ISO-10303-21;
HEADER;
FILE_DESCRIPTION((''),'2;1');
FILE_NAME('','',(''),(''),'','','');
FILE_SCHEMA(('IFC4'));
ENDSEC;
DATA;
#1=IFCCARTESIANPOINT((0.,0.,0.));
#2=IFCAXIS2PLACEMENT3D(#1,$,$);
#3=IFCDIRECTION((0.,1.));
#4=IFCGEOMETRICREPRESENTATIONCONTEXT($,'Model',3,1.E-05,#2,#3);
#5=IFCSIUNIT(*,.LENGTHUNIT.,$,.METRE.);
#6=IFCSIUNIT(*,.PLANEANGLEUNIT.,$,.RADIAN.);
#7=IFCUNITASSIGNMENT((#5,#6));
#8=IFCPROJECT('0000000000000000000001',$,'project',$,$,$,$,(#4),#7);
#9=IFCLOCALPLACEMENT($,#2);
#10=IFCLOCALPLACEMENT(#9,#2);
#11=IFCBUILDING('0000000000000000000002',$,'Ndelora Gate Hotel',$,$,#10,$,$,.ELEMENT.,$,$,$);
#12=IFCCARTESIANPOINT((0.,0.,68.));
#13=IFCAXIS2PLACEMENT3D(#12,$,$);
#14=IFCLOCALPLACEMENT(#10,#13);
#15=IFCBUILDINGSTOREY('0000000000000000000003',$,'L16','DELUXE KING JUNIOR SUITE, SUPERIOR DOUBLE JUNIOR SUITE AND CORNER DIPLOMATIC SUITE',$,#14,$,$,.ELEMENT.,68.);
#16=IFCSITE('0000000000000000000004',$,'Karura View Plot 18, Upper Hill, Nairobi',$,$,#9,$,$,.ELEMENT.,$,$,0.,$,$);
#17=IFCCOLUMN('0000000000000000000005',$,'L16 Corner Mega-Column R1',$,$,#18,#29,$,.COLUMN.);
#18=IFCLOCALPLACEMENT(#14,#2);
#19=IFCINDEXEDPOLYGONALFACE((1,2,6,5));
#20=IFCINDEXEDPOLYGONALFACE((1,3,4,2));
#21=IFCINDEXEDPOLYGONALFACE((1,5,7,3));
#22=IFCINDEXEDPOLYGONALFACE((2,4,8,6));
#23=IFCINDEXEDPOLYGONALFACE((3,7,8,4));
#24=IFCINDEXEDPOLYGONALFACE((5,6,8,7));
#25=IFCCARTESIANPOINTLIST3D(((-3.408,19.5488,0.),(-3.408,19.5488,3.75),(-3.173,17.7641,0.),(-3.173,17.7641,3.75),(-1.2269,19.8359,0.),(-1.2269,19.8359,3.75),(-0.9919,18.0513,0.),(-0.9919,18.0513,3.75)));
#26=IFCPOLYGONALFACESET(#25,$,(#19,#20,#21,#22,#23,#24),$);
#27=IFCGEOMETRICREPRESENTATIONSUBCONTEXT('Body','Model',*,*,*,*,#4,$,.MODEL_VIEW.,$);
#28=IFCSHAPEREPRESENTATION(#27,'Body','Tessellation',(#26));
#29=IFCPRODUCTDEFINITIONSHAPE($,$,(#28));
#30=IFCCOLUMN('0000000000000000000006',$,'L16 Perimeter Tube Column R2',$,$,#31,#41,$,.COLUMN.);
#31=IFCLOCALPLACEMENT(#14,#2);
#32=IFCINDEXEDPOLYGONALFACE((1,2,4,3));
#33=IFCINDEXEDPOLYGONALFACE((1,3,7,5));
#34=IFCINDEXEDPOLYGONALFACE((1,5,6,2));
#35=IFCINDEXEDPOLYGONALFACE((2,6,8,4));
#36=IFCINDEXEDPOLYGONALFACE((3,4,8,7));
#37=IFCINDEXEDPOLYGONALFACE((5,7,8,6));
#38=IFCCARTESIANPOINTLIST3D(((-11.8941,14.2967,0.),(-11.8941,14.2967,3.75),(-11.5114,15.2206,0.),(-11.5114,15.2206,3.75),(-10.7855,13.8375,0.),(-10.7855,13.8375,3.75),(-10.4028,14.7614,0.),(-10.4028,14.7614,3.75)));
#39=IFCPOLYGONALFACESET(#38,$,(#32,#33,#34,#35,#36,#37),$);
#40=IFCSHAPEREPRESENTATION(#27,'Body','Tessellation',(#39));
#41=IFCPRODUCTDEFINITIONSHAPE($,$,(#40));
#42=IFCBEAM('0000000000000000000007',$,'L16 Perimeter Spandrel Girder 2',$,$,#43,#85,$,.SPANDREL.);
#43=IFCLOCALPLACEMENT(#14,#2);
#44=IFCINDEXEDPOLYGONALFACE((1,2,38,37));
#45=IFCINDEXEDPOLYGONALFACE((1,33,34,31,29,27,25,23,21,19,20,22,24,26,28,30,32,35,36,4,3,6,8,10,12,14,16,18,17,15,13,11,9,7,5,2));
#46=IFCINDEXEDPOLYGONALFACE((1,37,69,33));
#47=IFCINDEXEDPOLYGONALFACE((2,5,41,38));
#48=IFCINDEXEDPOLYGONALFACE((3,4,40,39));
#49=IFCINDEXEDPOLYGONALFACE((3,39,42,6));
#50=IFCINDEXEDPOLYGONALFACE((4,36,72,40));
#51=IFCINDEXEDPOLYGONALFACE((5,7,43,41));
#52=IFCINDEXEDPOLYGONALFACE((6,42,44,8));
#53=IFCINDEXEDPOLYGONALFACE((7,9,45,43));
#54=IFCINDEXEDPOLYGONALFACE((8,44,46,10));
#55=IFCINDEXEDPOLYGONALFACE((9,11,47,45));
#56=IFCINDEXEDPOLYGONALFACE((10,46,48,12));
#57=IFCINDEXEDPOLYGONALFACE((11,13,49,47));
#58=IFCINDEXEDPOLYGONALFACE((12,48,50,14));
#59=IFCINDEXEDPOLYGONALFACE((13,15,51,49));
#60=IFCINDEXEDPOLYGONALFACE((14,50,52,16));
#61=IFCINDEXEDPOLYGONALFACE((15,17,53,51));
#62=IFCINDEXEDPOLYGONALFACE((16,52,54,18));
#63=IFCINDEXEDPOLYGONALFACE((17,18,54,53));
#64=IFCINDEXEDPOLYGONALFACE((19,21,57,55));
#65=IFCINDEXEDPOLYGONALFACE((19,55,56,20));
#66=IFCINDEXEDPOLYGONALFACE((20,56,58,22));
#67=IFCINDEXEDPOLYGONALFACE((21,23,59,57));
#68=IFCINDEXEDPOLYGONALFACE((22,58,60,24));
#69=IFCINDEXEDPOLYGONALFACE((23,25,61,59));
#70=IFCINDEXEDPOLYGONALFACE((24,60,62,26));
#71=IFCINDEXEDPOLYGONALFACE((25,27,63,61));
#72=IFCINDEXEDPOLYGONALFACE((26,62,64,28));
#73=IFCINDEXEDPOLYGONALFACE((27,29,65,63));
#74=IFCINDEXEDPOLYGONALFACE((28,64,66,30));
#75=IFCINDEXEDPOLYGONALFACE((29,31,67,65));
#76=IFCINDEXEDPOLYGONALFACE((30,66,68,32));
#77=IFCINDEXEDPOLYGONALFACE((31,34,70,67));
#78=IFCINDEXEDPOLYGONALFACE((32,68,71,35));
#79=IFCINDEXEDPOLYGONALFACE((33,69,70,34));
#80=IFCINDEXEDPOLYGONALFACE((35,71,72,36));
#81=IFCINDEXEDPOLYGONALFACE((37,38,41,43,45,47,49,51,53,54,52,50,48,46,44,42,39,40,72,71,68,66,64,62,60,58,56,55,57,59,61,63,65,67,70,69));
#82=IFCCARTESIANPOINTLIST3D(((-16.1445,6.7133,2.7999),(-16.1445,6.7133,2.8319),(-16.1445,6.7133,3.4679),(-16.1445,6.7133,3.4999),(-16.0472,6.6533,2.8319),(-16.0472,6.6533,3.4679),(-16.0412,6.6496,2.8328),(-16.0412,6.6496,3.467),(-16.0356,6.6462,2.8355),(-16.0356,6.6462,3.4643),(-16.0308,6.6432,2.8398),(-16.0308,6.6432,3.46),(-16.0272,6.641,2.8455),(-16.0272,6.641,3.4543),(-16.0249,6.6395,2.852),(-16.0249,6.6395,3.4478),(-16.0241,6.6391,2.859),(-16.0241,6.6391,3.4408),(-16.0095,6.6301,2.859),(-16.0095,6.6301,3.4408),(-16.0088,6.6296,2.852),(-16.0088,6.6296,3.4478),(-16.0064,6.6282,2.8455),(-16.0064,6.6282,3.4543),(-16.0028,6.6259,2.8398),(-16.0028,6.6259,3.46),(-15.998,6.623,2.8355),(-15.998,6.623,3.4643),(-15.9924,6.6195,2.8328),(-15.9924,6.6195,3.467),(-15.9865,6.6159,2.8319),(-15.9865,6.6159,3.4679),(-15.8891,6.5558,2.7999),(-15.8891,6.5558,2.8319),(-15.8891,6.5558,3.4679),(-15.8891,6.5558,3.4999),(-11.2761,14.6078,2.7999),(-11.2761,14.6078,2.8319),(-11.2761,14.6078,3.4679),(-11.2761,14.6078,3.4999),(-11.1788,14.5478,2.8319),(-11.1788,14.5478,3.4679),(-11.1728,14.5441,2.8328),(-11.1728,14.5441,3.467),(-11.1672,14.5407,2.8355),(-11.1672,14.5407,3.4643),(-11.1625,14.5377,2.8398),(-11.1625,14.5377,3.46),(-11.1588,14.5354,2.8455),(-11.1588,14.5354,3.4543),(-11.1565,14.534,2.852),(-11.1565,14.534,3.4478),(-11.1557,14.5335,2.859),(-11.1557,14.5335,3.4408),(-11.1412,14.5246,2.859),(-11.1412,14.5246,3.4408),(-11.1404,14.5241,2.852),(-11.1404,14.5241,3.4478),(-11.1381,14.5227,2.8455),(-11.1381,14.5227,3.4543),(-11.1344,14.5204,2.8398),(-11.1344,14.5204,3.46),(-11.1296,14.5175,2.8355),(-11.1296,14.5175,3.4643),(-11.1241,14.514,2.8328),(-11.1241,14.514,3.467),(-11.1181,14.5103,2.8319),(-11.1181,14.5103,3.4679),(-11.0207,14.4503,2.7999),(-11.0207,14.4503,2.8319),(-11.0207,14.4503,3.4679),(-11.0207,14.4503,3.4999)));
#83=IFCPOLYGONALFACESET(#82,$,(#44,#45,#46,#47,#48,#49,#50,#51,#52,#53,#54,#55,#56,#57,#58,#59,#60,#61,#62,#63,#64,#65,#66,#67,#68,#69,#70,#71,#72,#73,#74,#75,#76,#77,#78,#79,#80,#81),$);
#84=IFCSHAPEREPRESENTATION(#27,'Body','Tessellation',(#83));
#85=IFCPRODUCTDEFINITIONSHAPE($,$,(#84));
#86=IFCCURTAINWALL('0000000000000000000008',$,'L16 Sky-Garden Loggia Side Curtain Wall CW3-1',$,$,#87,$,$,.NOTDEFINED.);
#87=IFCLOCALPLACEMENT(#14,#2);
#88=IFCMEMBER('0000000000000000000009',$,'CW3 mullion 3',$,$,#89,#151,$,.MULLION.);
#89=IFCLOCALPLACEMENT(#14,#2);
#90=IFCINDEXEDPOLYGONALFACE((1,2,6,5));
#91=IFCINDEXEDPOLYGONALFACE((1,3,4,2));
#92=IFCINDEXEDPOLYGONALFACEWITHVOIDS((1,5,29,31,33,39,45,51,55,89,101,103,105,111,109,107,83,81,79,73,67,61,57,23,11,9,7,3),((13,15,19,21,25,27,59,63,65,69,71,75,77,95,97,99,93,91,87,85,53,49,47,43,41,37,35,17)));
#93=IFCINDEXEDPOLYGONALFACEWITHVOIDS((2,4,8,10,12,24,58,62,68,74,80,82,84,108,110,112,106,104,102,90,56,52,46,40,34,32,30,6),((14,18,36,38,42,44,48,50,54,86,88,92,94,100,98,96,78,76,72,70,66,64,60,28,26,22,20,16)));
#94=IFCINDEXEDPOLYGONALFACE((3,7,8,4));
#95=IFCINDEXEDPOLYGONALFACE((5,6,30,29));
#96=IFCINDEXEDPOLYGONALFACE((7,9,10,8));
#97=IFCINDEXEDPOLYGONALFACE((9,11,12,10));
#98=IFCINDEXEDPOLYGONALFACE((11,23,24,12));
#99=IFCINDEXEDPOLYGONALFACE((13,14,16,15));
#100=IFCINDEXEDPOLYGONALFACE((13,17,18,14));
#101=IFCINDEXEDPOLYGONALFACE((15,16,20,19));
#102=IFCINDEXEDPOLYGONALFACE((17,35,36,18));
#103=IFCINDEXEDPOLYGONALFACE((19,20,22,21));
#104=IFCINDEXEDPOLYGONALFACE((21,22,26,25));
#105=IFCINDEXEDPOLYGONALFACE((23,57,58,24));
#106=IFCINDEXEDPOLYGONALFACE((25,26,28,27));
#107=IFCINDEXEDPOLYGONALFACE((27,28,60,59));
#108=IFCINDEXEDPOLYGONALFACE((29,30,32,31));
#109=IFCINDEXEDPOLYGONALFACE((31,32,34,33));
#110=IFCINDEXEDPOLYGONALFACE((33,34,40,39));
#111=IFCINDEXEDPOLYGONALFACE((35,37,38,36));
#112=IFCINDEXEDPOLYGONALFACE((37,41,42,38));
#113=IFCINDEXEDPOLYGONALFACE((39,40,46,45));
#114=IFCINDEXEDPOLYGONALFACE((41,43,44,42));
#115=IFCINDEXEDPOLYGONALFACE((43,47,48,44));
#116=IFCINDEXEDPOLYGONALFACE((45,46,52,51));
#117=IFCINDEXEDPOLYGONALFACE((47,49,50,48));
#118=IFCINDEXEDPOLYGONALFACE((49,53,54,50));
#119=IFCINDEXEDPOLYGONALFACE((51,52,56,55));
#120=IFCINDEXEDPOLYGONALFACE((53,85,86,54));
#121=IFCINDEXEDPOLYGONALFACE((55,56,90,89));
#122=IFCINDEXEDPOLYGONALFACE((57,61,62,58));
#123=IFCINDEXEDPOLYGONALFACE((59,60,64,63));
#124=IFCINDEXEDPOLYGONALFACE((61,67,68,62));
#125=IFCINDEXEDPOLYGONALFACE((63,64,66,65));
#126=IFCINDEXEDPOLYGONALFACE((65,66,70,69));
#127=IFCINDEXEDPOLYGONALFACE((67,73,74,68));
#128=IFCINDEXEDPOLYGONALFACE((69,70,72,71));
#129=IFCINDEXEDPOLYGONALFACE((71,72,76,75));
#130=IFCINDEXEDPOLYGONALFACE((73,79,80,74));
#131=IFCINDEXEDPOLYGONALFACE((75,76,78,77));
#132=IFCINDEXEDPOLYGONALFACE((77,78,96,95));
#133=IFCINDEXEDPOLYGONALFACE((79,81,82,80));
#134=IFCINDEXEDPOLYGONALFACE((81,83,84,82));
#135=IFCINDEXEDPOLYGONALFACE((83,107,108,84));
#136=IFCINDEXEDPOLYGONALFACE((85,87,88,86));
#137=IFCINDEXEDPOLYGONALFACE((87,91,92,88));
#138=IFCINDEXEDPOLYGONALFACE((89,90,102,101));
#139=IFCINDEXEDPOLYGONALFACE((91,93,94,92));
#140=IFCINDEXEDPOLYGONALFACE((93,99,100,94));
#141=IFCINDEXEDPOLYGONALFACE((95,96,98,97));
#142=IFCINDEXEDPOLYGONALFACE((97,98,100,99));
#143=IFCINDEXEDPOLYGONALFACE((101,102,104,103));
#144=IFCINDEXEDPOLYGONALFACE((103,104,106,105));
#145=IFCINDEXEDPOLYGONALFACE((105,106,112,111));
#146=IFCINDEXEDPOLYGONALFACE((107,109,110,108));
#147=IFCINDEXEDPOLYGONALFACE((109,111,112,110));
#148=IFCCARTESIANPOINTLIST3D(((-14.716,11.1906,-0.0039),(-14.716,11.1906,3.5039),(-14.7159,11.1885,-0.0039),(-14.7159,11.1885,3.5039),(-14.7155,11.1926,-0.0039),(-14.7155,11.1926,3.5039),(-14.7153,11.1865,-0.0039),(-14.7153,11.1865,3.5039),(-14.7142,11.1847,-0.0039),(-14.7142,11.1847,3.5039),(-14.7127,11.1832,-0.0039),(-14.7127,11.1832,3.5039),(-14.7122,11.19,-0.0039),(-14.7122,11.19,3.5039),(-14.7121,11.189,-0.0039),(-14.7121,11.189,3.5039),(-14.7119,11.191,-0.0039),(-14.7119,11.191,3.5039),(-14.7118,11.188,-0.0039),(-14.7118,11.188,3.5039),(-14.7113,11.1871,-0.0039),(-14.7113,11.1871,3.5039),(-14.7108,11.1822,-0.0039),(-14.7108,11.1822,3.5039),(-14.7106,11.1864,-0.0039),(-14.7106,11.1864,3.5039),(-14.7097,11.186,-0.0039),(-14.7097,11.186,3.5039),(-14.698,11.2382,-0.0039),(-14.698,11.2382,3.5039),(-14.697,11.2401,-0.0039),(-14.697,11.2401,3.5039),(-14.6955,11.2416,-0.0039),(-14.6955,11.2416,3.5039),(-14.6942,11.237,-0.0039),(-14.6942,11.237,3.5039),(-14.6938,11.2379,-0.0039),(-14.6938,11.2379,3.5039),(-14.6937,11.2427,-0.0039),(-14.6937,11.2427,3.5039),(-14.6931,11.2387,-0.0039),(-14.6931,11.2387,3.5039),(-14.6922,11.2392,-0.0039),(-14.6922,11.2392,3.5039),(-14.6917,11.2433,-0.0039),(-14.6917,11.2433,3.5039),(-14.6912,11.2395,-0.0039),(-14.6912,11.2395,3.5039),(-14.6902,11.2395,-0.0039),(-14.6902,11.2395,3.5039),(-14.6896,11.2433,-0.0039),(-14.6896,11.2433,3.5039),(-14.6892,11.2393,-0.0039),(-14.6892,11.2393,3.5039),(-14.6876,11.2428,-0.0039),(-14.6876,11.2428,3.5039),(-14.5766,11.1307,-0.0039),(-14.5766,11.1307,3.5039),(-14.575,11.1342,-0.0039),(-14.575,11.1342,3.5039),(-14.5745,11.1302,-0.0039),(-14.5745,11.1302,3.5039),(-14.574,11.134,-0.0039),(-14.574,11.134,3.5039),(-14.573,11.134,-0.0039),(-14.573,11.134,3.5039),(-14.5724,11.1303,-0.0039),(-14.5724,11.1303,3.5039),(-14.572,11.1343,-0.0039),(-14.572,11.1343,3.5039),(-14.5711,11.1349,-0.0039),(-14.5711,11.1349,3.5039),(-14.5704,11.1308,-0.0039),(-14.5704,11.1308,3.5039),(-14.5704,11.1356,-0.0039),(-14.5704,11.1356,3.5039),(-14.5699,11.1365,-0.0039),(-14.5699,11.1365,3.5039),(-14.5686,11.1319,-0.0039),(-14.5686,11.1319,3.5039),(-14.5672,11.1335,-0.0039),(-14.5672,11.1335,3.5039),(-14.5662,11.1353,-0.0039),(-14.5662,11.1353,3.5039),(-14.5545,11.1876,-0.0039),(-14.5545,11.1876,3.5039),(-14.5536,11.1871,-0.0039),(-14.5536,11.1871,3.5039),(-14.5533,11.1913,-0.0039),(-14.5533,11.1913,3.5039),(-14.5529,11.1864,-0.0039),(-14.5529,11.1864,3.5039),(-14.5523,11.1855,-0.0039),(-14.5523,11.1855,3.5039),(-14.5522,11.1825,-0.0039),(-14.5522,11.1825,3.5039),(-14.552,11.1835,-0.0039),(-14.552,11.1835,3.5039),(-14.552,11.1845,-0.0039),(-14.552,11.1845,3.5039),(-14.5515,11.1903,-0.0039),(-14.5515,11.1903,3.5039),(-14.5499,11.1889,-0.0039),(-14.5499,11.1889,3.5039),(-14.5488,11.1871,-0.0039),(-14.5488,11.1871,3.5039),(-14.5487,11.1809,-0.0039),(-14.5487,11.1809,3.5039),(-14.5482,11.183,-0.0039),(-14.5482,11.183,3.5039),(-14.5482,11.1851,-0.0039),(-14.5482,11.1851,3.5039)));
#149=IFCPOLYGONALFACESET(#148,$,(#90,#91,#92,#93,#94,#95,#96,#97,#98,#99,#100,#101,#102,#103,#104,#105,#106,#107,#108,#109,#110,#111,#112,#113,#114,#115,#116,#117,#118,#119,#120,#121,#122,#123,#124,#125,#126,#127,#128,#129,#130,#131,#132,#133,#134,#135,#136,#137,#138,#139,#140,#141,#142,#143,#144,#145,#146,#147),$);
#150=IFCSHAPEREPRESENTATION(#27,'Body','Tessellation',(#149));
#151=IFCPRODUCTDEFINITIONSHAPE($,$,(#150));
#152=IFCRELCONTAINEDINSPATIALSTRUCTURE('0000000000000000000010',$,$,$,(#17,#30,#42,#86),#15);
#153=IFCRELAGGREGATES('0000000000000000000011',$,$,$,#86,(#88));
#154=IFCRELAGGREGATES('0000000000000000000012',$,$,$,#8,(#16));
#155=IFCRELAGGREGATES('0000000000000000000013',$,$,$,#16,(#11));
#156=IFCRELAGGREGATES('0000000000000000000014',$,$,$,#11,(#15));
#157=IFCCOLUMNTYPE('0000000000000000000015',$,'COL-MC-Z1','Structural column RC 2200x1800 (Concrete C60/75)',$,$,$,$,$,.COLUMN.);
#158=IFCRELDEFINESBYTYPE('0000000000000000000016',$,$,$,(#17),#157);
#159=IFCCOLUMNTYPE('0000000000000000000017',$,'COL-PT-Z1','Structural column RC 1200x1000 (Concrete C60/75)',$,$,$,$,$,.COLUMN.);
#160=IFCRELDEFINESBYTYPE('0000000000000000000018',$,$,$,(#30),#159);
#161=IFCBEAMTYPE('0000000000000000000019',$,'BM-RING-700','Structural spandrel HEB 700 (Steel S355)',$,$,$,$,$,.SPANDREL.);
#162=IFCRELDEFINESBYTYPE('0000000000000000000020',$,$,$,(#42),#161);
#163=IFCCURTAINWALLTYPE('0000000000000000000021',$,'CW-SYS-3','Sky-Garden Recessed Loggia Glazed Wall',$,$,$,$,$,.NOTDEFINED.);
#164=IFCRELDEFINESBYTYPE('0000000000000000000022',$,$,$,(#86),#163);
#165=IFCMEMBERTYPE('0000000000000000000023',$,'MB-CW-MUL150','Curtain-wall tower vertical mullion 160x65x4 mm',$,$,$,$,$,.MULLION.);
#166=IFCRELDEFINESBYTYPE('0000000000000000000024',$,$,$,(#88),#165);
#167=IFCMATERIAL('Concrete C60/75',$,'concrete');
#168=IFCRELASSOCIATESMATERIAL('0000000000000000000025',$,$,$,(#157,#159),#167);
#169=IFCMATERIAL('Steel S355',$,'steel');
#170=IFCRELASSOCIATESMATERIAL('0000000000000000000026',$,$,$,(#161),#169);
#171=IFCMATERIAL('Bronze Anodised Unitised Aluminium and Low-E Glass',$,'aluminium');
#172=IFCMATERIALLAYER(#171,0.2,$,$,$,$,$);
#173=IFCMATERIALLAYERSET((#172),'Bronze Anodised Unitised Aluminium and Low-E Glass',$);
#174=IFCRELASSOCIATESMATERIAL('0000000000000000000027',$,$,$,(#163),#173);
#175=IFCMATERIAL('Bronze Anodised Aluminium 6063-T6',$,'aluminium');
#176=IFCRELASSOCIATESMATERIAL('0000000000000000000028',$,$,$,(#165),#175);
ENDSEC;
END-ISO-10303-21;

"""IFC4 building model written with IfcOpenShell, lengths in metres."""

from ifc_helpers import new_model, si_unit, direction, frame, origin, origin_2d, place, context, subcontext, project, spatial, rectangle, hollow_rectangle, i_section, extrude, material, layer, layer_set, material_profile, profile_set, type_object, element, aggregate, save


model = new_model("IFC4")

# Units and contexts
model_context = context("Model", 3, precision=1e-05, world=origin(), true_north=direction((0.0, 1.0)))
body_context = subcontext(model_context, "Body", "Model", "MODEL_VIEW")
ifc_project = project(units=[si_unit("LENGTHUNIT", "METRE"), si_unit("PLANEANGLEUNIT", "RADIAN")], contexts=[model_context])

# Site, building, storey
site_placement = place(None, origin())
site = spatial("IfcSite", under=ifc_project, at=site_placement, Name="Karura View Plot 18, Upper Hill, Nairobi", CompositionType="ELEMENT", RefElevation=0.0)
building_placement = place(site_placement, origin())
building = spatial("IfcBuilding", under=site, at=building_placement, Name="Ndelora Gate Hotel", CompositionType="ELEMENT")
storey_placement = place(building_placement, frame((0.0, 0.0, 68.0)))
storey = spatial("IfcBuildingStorey", under=building, at=storey_placement, Name="L16", Description="DELUXE KING JUNIOR SUITE, SUPERIOR DOUBLE JUNIOR SUITE AND CORNER DIPLOMATIC SUITE", CompositionType="ELEMENT", Elevation=68.0)

# Columns
ifc_material_1 = material(Name="Concrete C60/75", Category="concrete")
ifc_material_profile_1 = material_profile(ifc_material_1, rectangle(XDim=1.8, YDim=2.2, at=origin_2d()), Name="RC 2200x1800")
ifc_profile_set_1 = profile_set([ifc_material_profile_1], Name="Concrete C60/75")
column_type_1 = type_object("IfcColumnType", Name="COL-MC-Z1", Description="Structural column RC 2200x1800 (Concrete C60/75)", PredefinedType="COLUMN", material=ifc_profile_set_1)
column_1_placement = place(storey_placement, frame((-2.2, 18.8, 0.0), z_axis=(0.0, 0.0, 1.0), x_axis=(-0.130526, 0.991445, 0.0)))
element("IfcColumn", 1, at=column_1_placement, inside=storey, type_object=column_type_1, Name="L16 Corner Mega-Column R1", PredefinedType="COLUMN", context=body_context, shape_type="SweptSolid", body=[
    extrude(rectangle(XDim=1.8, YDim=2.2, at=origin_2d()), origin(), (0.0, 0.0, 1.0), 3.75),
])
ifc_material_profile_2 = material_profile(ifc_material_1, rectangle(XDim=1.0, YDim=1.2, at=origin_2d()), Name="RC 1200x1000")
ifc_profile_set_2 = profile_set([ifc_material_profile_2], Name="Concrete C60/75")
column_type_2 = type_object("IfcColumnType", Name="COL-PT-Z1", Description="Structural column RC 1200x1000 (Concrete C60/75)", PredefinedType="COLUMN", material=ifc_profile_set_2)
column_2_placement = place(storey_placement, frame((-11.1484, 14.5291, 0.0), z_axis=(0.0, 0.0, 1.0), x_axis=(0.382683, 0.92388, 0.0)))
element("IfcColumn", 2, at=column_2_placement, inside=storey, type_object=column_type_2, Name="L16 Perimeter Tube Column R2", PredefinedType="COLUMN", context=body_context, shape_type="SweptSolid", body=[
    extrude(rectangle(XDim=1.0, YDim=1.2, at=origin_2d()), origin(), (0.0, 0.0, 1.0), 3.75),
])

# Beam
ifc_material_2 = material(Name="Steel S355", Category="steel")
ifc_material_profile_3 = material_profile(ifc_material_2, i_section(OverallWidth=0.3, OverallDepth=0.7, WebThickness=0.0171, FlangeThickness=0.032, FilletRadius=0.0271, at=origin_2d()), Name="HEB 700")
ifc_profile_set_3 = profile_set([ifc_material_profile_3], Name="Steel S355")
beam_type = type_object("IfcBeamType", Name="BM-RING-700", Description="Structural spandrel HEB 700 (Steel S355)", PredefinedType="SPANDREL", material=ifc_profile_set_3)
beam_placement = place(storey_placement, frame((-11.1484, 14.5291, 3.1499), z_axis=(-0.524898, -0.851165, 0.0), x_axis=(0.851165, -0.524898, 0.0)))
element("IfcBeam", 3, at=beam_placement, inside=storey, type_object=beam_type, Name="L16 Perimeter Spandrel Girder 2", PredefinedType="SPANDREL", context=body_context, shape_type="SweptSolid", body=[
    extrude(i_section(OverallWidth=0.3, OverallDepth=0.7, WebThickness=0.0171, FlangeThickness=0.032, FilletRadius=0.0271, at=origin_2d()), origin(), (0.0, 0.0, 1.0), 9.2749),
])

# Curtain wall, member
ifc_material_3 = material(Name="Bronze Anodised Unitised Aluminium and Low-E Glass", Category="aluminium")
ifc_layer_1 = layer(ifc_material_3, 0.2)
ifc_layer_set_1 = layer_set([ifc_layer_1], Name="Bronze Anodised Unitised Aluminium and Low-E Glass")
curtain_wall_type = type_object("IfcCurtainWallType", Name="CW-SYS-3", Description="Sky-Garden Recessed Loggia Glazed Wall", PredefinedType="NOTDEFINED", material=ifc_layer_set_1)
curtain_wall_placement = place(storey_placement, origin())
curtain_wall = element("IfcCurtainWall", 4, at=curtain_wall_placement, inside=storey, type_object=curtain_wall_type, Name="L16 Sky-Garden Loggia Side Curtain Wall CW3-1", PredefinedType="NOTDEFINED")
ifc_material_4 = material(Name="Bronze Anodised Aluminium 6063-T6", Category="aluminium")
ifc_material_profile_4 = material_profile(ifc_material_4, hollow_rectangle(XDim=0.0649, YDim=0.1599, WallThickness=0.0039, InnerFilletRadius=0.0039, OuterFilletRadius=0.0081, at=origin_2d()), Name="ALU 160x65x4")
ifc_profile_set_4 = profile_set([ifc_material_profile_4], Name="Bronze Anodised Aluminium 6063-T6")
member_type_1 = type_object("IfcMemberType", Name="MB-CW-MUL150", Description="Curtain-wall tower vertical mullion 160x65x4 mm", PredefinedType="MULLION", material=ifc_profile_set_4)
member_1_placement = place(storey_placement, frame((-14.6321, 11.1868, -0.0039), z_axis=(0.0, 0.0, 1.0), x_axis=(-0.358361, -0.933583, 0.0)))
member_1 = element("IfcMember", 5, at=member_1_placement, type_object=member_type_1, Name="CW3 mullion 3", PredefinedType="MULLION", context=body_context, shape_type="SweptSolid", body=[
    extrude(hollow_rectangle(XDim=0.0649, YDim=0.1599, WallThickness=0.0039, InnerFilletRadius=0.0039, OuterFilletRadius=0.0081, at=origin_2d()), origin(), (0.0, 0.0, 1.0), 3.5078),
])
aggregate(curtain_wall, [member_1])

save(model, "model.ifc")
